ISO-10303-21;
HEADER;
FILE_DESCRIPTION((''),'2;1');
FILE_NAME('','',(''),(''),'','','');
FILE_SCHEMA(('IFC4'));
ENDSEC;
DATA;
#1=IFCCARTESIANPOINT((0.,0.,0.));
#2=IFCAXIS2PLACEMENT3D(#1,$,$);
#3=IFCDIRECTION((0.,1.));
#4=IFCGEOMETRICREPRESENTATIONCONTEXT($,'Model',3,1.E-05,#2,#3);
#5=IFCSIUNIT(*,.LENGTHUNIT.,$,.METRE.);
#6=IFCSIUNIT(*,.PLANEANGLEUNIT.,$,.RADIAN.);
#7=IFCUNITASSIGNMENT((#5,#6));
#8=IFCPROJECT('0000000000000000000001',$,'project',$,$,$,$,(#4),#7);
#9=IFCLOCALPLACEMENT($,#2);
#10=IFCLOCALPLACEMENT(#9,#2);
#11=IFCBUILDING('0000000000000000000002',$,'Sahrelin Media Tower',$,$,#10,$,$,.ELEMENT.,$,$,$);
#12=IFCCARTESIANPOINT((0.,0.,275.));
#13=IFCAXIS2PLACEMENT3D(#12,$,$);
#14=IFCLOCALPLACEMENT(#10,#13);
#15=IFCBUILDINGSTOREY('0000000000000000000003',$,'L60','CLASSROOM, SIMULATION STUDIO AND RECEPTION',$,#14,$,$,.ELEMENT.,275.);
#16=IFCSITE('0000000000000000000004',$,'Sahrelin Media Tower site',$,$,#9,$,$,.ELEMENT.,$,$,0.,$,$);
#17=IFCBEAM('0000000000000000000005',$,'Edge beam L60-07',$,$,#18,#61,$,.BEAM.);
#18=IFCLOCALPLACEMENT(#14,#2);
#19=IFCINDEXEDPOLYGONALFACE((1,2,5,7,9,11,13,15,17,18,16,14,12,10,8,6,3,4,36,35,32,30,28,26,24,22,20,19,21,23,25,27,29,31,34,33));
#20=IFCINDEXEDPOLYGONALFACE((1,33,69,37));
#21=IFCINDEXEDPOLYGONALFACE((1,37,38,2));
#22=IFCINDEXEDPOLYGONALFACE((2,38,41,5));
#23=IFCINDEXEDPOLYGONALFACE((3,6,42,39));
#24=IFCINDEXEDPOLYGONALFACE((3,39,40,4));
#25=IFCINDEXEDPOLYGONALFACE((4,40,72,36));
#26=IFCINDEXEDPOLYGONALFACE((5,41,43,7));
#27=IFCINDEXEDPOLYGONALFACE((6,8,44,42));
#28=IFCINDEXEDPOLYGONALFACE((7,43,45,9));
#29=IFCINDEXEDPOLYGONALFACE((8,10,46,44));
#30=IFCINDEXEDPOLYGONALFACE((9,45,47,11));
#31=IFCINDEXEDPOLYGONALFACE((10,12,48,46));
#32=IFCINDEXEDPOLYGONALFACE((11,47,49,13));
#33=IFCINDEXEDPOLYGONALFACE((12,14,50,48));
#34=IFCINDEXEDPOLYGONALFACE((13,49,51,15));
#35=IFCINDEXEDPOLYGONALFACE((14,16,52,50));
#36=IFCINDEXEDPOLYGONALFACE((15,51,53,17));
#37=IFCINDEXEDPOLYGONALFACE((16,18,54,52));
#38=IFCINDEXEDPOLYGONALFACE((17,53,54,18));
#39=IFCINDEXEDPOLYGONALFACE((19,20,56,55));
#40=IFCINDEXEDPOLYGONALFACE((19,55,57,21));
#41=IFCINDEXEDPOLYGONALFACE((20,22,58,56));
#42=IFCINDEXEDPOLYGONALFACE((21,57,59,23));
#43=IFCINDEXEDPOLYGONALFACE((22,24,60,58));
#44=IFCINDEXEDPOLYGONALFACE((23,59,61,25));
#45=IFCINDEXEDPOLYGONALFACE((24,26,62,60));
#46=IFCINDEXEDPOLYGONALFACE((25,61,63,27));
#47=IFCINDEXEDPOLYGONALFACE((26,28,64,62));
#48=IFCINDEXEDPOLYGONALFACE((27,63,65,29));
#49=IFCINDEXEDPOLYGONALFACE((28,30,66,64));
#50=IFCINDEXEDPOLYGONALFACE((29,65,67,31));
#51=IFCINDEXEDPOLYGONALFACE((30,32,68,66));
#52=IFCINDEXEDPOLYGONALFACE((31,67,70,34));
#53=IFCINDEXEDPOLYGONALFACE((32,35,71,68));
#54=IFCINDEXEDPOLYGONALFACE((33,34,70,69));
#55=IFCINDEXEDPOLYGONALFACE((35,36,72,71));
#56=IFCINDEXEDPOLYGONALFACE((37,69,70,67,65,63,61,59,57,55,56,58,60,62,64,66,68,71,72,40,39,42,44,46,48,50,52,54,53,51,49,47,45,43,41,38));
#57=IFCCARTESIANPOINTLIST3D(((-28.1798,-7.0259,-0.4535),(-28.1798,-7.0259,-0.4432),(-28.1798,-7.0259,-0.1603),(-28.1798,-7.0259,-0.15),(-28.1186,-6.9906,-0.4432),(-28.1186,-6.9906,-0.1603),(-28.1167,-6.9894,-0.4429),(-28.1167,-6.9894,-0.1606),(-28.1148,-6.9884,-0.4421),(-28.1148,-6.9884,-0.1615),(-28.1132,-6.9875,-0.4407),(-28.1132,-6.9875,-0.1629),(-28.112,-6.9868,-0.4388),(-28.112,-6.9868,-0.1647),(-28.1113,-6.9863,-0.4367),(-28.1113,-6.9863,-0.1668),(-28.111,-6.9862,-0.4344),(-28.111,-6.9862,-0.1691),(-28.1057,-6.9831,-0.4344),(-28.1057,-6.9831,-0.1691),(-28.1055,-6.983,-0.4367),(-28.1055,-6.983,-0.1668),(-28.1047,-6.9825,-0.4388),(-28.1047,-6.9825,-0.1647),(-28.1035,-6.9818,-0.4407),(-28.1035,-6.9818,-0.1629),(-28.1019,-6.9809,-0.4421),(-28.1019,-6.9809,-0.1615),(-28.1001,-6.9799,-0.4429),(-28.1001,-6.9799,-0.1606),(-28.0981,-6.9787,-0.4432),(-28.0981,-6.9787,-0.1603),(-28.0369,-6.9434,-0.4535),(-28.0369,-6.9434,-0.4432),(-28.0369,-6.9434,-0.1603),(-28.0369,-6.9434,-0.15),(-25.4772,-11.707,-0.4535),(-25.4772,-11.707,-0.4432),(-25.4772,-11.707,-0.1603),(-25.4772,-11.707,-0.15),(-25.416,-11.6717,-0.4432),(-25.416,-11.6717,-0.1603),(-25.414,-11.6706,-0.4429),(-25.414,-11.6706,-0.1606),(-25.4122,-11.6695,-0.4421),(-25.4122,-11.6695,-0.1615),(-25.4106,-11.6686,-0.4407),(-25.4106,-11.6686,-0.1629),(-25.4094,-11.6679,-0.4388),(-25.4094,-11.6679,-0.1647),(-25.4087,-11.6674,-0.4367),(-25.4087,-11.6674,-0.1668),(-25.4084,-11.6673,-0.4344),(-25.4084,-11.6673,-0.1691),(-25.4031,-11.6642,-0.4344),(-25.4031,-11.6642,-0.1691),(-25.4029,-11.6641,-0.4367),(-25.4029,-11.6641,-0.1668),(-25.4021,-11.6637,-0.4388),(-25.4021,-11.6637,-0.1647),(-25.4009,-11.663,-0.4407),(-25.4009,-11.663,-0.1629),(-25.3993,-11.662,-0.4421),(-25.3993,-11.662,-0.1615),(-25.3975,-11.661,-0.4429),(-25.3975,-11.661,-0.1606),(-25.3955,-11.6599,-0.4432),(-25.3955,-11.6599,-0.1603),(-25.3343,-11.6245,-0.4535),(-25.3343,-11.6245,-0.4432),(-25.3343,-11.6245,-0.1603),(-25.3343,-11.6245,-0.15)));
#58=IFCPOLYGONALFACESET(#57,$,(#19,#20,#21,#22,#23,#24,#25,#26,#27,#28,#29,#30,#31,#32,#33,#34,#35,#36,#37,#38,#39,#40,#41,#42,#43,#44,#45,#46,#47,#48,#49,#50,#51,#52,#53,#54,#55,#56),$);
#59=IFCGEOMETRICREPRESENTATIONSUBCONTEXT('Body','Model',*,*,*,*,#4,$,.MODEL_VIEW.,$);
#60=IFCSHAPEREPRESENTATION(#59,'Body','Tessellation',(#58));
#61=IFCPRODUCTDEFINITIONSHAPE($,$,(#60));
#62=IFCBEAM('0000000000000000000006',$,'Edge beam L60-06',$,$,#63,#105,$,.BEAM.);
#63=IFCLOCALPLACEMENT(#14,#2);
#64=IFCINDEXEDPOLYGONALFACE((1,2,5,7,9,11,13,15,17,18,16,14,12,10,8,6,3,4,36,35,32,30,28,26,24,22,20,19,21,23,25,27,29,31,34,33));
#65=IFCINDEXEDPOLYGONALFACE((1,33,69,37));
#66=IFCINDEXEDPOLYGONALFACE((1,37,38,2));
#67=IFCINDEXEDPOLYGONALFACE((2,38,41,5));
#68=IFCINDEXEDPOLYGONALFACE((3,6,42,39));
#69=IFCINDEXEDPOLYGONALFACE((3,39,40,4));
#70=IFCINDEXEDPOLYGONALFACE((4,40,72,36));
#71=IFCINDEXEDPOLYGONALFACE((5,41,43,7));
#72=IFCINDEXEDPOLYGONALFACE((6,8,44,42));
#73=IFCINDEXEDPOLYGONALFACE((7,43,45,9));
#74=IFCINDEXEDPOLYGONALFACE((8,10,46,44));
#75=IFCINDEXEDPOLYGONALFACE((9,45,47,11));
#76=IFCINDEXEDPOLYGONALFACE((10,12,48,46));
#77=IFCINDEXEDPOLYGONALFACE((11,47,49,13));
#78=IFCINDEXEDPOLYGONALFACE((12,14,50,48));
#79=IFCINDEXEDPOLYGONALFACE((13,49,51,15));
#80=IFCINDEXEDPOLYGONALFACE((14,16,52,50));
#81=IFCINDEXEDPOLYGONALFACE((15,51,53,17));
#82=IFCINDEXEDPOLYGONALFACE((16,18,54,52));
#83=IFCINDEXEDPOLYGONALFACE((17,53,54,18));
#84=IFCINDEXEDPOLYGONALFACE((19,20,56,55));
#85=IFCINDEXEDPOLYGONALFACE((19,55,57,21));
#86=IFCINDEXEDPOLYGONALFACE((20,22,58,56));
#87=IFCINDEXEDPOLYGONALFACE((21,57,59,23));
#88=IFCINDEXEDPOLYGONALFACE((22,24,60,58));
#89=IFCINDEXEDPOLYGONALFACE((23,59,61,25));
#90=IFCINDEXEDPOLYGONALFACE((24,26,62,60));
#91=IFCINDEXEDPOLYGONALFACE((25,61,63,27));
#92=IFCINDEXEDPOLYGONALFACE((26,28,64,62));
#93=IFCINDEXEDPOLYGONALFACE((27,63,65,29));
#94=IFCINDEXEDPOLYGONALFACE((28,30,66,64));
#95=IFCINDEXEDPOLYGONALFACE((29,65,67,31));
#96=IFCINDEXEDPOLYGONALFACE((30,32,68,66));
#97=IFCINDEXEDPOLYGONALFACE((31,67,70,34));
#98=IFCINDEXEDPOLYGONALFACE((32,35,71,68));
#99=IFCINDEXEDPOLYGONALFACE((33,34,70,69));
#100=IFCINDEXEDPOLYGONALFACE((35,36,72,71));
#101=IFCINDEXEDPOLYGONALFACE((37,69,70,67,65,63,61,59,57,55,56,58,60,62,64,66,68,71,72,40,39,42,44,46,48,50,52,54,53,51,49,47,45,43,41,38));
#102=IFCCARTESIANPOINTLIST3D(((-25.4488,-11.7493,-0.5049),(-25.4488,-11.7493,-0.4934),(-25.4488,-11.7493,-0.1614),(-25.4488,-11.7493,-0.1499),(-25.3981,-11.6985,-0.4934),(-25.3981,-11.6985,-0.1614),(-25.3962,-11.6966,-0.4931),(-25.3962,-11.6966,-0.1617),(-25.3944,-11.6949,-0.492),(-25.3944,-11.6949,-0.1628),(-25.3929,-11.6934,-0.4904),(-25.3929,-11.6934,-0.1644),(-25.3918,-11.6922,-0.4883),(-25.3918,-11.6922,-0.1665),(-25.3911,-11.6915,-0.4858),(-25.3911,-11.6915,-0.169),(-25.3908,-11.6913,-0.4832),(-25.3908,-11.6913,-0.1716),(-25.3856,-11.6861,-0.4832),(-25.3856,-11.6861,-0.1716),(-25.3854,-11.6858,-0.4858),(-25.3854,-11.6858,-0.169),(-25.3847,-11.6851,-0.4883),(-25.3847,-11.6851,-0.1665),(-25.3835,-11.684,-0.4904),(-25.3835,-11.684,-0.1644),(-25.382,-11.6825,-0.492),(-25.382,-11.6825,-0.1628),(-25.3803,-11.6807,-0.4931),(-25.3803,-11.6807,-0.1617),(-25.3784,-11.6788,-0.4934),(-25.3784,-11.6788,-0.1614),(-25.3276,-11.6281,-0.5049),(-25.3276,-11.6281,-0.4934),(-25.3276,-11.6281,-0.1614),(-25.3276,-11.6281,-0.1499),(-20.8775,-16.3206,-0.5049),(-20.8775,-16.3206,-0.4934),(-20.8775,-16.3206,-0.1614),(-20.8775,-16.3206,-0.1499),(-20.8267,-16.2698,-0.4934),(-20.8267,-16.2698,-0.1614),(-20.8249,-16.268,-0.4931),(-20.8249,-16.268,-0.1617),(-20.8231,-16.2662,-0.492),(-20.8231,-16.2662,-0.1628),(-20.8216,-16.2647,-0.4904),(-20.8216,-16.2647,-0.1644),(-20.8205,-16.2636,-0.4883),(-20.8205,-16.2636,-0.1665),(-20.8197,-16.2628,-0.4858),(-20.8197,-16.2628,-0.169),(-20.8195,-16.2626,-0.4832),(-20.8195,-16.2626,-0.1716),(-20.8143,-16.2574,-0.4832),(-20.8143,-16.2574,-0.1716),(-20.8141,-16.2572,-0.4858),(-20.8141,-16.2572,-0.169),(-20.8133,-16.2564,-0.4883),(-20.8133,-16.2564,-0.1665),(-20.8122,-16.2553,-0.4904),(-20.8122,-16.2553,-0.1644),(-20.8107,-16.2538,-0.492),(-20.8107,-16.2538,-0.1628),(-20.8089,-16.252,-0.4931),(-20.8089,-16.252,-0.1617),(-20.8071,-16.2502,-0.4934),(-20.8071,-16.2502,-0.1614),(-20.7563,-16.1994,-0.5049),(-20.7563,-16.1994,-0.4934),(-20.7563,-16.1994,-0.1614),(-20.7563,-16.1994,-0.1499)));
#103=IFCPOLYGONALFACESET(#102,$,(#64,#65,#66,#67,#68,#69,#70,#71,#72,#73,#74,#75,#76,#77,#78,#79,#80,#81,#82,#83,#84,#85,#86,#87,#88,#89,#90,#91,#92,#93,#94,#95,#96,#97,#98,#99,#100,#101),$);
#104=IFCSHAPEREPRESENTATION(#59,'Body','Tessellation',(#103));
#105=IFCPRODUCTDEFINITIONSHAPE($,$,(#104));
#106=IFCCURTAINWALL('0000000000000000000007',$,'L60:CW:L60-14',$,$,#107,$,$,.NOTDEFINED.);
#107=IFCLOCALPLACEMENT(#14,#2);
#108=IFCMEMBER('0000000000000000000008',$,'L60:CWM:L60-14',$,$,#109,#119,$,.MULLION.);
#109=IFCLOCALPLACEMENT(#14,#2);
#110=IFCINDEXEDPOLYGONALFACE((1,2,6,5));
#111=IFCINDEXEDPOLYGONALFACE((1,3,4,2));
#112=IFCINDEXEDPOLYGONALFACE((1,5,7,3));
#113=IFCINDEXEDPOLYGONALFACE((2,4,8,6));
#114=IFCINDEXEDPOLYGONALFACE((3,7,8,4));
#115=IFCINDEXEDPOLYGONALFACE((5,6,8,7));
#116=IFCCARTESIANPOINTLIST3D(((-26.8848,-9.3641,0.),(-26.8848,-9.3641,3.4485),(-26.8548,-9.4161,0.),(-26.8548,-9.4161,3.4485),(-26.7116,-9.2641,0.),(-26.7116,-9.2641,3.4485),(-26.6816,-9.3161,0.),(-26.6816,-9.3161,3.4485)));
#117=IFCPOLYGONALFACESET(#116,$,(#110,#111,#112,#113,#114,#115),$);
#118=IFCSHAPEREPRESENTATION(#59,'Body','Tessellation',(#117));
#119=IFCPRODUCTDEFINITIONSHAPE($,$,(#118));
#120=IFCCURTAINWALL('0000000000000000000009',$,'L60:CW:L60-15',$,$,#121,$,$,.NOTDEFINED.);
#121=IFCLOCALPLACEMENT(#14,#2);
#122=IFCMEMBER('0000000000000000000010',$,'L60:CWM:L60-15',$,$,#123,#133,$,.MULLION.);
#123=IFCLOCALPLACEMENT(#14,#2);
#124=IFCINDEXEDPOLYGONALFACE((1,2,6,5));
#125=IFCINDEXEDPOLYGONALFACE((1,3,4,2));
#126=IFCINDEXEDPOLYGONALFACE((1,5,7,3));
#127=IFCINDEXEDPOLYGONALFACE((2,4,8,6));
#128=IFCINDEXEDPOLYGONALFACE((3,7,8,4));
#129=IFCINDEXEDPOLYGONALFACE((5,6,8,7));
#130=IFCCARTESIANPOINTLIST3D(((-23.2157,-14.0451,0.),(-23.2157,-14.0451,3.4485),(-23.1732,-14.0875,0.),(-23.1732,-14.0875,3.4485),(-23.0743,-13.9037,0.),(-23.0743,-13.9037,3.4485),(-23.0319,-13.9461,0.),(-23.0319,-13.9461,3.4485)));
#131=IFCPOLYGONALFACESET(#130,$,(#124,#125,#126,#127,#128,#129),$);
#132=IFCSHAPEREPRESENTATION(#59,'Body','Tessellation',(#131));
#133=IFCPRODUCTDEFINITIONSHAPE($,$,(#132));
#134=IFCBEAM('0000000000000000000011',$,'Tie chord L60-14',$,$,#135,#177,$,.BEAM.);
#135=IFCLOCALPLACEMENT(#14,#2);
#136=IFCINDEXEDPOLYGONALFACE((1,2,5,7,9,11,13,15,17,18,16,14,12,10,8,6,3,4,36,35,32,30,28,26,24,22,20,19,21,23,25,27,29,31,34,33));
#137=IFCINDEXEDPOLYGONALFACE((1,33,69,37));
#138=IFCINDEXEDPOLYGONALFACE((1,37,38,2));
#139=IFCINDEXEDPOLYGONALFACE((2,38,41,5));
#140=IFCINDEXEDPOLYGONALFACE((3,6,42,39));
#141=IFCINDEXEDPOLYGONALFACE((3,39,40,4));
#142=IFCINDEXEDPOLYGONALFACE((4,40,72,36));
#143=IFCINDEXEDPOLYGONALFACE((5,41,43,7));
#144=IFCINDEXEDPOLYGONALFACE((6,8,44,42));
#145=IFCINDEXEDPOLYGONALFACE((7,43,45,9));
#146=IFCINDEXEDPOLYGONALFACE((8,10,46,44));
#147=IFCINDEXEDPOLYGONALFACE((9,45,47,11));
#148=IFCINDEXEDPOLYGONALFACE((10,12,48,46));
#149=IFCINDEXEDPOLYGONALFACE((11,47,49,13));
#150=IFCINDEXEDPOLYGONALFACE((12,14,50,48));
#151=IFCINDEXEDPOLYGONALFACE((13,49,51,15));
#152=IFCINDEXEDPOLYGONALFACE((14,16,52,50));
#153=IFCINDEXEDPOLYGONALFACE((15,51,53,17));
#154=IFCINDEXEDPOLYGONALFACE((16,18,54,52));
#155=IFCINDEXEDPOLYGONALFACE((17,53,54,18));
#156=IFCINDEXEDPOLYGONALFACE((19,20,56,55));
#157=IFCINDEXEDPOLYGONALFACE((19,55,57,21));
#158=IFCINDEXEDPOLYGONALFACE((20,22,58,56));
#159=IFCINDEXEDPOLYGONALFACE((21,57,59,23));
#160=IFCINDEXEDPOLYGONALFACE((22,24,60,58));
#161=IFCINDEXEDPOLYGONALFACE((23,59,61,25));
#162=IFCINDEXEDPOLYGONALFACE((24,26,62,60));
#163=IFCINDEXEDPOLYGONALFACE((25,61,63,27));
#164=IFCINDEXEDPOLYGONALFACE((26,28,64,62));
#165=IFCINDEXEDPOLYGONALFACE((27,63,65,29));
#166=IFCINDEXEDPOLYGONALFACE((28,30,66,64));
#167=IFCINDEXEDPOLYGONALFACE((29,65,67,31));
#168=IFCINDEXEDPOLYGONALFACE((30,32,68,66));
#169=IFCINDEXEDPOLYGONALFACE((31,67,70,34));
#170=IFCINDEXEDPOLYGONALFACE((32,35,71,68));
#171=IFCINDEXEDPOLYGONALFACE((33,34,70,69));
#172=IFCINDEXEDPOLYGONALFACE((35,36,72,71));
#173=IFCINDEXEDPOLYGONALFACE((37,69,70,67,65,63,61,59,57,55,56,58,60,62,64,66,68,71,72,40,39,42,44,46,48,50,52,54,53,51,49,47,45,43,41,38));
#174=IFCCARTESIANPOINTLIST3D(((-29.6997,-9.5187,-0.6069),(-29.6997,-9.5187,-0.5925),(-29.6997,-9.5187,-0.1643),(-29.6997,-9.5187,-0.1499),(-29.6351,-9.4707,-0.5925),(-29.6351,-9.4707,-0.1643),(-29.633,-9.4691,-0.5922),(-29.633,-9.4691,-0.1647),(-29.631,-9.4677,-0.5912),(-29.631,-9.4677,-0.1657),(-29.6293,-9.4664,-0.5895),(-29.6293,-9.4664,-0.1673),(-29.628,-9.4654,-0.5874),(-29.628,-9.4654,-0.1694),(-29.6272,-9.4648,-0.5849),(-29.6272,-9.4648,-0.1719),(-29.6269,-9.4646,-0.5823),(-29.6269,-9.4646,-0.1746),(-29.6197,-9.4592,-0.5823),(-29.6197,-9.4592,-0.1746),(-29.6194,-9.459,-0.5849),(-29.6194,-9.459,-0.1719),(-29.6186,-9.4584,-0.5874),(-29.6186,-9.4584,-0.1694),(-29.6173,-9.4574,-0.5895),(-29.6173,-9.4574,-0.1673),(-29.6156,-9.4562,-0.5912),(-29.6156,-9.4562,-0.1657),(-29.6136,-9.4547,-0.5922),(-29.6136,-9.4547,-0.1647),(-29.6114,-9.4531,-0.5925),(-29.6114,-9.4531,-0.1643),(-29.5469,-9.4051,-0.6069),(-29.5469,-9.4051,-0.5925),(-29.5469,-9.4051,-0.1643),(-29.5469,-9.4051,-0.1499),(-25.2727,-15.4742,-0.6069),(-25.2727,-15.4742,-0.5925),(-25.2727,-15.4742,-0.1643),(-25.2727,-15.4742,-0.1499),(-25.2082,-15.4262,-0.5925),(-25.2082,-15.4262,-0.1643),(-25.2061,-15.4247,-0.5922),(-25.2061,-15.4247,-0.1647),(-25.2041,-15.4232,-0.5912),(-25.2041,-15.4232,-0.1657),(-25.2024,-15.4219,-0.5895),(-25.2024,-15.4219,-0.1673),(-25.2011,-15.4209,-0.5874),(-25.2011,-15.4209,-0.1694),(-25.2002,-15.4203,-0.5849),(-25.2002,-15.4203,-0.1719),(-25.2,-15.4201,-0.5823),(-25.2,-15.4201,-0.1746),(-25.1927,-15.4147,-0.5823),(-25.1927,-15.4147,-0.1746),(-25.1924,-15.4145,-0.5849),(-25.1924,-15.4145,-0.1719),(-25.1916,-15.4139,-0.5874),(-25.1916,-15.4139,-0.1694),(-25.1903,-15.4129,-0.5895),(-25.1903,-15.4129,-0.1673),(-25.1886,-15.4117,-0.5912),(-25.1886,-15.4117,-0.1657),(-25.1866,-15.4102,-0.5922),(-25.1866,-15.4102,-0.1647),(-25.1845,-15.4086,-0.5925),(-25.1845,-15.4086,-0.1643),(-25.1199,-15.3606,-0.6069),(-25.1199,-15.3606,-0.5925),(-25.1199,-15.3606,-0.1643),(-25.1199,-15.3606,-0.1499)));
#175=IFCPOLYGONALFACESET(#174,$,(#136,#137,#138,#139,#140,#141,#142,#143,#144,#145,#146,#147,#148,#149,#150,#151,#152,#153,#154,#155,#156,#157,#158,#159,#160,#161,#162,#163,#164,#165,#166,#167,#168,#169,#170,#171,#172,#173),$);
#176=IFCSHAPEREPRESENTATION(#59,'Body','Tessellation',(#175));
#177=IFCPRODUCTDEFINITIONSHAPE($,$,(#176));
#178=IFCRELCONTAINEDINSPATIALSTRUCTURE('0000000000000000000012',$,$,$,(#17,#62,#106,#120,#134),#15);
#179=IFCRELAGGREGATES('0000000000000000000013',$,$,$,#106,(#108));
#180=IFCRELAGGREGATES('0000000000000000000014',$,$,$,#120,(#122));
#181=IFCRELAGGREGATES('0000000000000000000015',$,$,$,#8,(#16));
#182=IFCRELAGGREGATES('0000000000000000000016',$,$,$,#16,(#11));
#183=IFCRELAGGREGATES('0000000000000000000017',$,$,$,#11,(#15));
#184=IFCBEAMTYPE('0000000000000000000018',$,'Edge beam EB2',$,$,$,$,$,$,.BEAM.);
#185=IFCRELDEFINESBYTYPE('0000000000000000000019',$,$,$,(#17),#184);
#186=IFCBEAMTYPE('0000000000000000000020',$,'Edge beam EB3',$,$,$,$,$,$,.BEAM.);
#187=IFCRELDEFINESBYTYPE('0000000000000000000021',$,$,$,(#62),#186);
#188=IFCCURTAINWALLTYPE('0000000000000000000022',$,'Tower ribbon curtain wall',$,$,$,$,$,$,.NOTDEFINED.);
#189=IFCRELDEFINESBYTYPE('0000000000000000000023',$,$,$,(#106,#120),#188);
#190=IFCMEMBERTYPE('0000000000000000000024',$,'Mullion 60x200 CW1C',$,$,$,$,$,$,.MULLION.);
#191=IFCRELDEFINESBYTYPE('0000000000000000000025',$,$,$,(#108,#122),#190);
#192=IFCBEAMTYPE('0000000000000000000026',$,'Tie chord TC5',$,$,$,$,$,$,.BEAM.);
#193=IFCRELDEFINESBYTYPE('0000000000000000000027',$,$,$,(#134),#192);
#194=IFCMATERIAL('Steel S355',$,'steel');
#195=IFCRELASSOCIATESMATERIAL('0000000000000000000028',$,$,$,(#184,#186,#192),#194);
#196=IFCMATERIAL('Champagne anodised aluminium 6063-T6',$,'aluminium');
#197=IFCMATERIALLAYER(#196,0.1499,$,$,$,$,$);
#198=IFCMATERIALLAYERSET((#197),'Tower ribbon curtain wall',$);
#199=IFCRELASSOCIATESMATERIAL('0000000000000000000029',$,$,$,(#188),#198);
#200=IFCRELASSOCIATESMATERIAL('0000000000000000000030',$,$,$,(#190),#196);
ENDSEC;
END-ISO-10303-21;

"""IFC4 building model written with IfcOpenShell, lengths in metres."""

from ifc_helpers import new_model, si_unit, direction, frame, origin, origin_2d, place, context, subcontext, project, spatial, rectangle, i_section, extrude, material, layer, layer_set, material_profile, profile_set, type_object, element, aggregate, save


model = new_model("IFC4")

# Units and contexts
model_context = context("Model", 3, precision=1e-05, world=origin(), true_north=direction((0.0, 1.0)))
body_context = subcontext(model_context, "Body", "Model", "MODEL_VIEW")
ifc_project = project(units=[si_unit("LENGTHUNIT", "METRE"), si_unit("PLANEANGLEUNIT", "RADIAN")], contexts=[model_context])

# Site, building, storey
site_placement = place(None, origin())
site = spatial("IfcSite", under=ifc_project, at=site_placement, Name="Sahrelin Media Tower site", CompositionType="ELEMENT", RefElevation=0.0)
building_placement = place(site_placement, origin())
building = spatial("IfcBuilding", under=site, at=building_placement, Name="Sahrelin Media Tower", CompositionType="ELEMENT")
storey_placement = place(building_placement, frame((0.0, 0.0, 275.0)))
storey = spatial("IfcBuildingStorey", under=building, at=storey_placement, Name="L60", Description="CLASSROOM, SIMULATION STUDIO AND RECEPTION", CompositionType="ELEMENT", Elevation=275.0)

# Beams
ifc_material_1 = material(Name="Steel S355", Category="steel")
ifc_material_profile_1 = material_profile(ifc_material_1, i_section(OverallWidth=0.165, OverallDepth=0.3035, WebThickness=0.0061, FlangeThickness=0.0103, FilletRadius=0.0088, at=origin_2d()), Name="UB 305x165x40")
ifc_profile_set_1 = profile_set([ifc_material_profile_1], Name="Steel S355")
beam_type_1 = type_object("IfcBeamType", Name="Edge beam EB2", PredefinedType="BEAM", material=ifc_profile_set_1)
beam_1_placement = place(storey_placement, frame((-25.4058, -11.6658, -0.3018), z_axis=(-0.499996, 0.866028, 0.0), x_axis=(-0.866028, -0.499996, 0.0)))
element("IfcBeam", 1, at=beam_1_placement, inside=storey, type_object=beam_type_1, Name="Edge beam L60-07", PredefinedType="BEAM", context=body_context, shape_type="SweptSolid", body=[
    extrude(i_section(OverallWidth=0.165, OverallDepth=0.3035, WebThickness=0.0061, FlangeThickness=0.0103, FilletRadius=0.0088, at=origin_2d()), origin(), (0.0, 0.0, 1.0), 5.4053),
])
ifc_material_profile_2 = material_profile(ifc_material_1, i_section(OverallWidth=0.1714, OverallDepth=0.355, WebThickness=0.0073, FlangeThickness=0.0115, FilletRadius=0.0103, at=origin_2d()), Name="UB 356x171x51")
ifc_profile_set_2 = profile_set([ifc_material_profile_2], Name="Steel S355")
beam_type_2 = type_object("IfcBeamType", Name="Edge beam EB3", PredefinedType="BEAM", material=ifc_profile_set_2)
beam_2_placement = place(storey_placement, frame((-20.8169, -16.26, -0.3274), z_axis=(-0.707107, 0.707107, 0.0), x_axis=(-0.707107, -0.707107, 0.0)))
element("IfcBeam", 2, at=beam_2_placement, inside=storey, type_object=beam_type_2, Name="Edge beam L60-06", PredefinedType="BEAM", context=body_context, shape_type="SweptSolid", body=[
    extrude(i_section(OverallWidth=0.1714, OverallDepth=0.355, WebThickness=0.0073, FlangeThickness=0.0115, FilletRadius=0.0103, at=origin_2d()), origin(), (0.0, 0.0, 1.0), 6.4648),
])

# Curtain walls, members
ifc_material_2 = material(Name="Champagne anodised aluminium 6063-T6", Category="aluminium")
ifc_layer_1 = layer(ifc_material_2, 0.1499)
ifc_layer_set_1 = layer_set([ifc_layer_1], Name="Tower ribbon curtain wall")
curtain_wall_type = type_object("IfcCurtainWallType", Name="Tower ribbon curtain wall", PredefinedType="NOTDEFINED", material=ifc_layer_set_1)
curtain_wall_1_placement = place(storey_placement, frame((-26.887, -9.4001, 0.0), z_axis=(0.0, 0.0, 1.0), x_axis=(1.0, 0.0, 0.0)))
curtain_wall_1 = element("IfcCurtainWall", 3, at=curtain_wall_1_placement, inside=storey, type_object=curtain_wall_type, Name="L60:CW:L60-14", PredefinedType="NOTDEFINED")
ifc_material_profile_3 = material_profile(ifc_material_2, rectangle(XDim=0.0601, YDim=0.2, at=origin_2d()), Name="Mullion 60x200")
ifc_profile_set_3 = profile_set([ifc_material_profile_3], Name="Champagne anodised aluminium 6063-T6")
member_type_1 = type_object("IfcMemberType", Name="Mullion 60x200 CW1C", PredefinedType="MULLION", material=ifc_profile_set_3)
member_1_placement = place(storey_placement, frame((-26.7832, -9.3401, 0.0), z_axis=(0.0, 0.0, 1.0), x_axis=(0.500002, -0.866025, 0.0)))
member_1 = element("IfcMember", 4, at=member_1_placement, type_object=member_type_1, Name="L60:CWM:L60-14", PredefinedType="MULLION", context=body_context, shape_type="SweptSolid", body=[
    extrude(rectangle(XDim=0.0601, YDim=0.2, at=origin_2d()), origin(), (0.0, 0.0, 1.0), 3.4485),
])
aggregate(curtain_wall_1, [member_1])
curtain_wall_2_placement = place(storey_placement, frame((-23.2085, -14.0803, 0.0), z_axis=(0.0, 0.0, 1.0), x_axis=(1.0, 0.0, 0.0)))
curtain_wall_2 = element("IfcCurtainWall", 5, at=curtain_wall_2_placement, inside=storey, type_object=curtain_wall_type, Name="L60:CW:L60-15", PredefinedType="NOTDEFINED")
member_2_placement = place(storey_placement, frame((-23.1238, -13.9956, 0.0), z_axis=(0.0, 0.0, 1.0), x_axis=(0.707107, -0.707107, 0.0)))
member_2 = element("IfcMember", 6, at=member_2_placement, type_object=member_type_1, Name="L60:CWM:L60-15", PredefinedType="MULLION", context=body_context, shape_type="SweptSolid", body=[
    extrude(rectangle(XDim=0.0601, YDim=0.2, at=origin_2d()), origin(), (0.0, 0.0, 1.0), 3.4485),
])

# Beam
ifc_material_profile_4 = material_profile(ifc_material_1, i_section(OverallWidth=0.1904, OverallDepth=0.457, WebThickness=0.009, FlangeThickness=0.0144, FilletRadius=0.0103, at=origin_2d()), Name="UB 457x191x74")
ifc_profile_set_4 = profile_set([ifc_material_profile_4], Name="Steel S355")
beam_type_3 = type_object("IfcBeamType", Name="Tie chord TC5", PredefinedType="BEAM", material=ifc_profile_set_4)
beam_3_placement = place(storey_placement, frame((-29.6233, -9.4619, -0.3784), z_axis=(0.596573, -0.802559, 0.0), x_axis=(0.802559, 0.596573, 0.0)))
element("IfcBeam", 7, at=beam_3_placement, inside=storey, type_object=beam_type_3, Name="Tie chord L60-14", PredefinedType="BEAM", context=body_context, shape_type="SweptSolid", body=[
    extrude(i_section(OverallWidth=0.1904, OverallDepth=0.457, WebThickness=0.009, FlangeThickness=0.0144, FilletRadius=0.0103, at=origin_2d()), origin(), (0.0, 0.0, 1.0), 7.4207),
])

aggregate(curtain_wall_2, [member_2])

save(model, "model.ifc")
